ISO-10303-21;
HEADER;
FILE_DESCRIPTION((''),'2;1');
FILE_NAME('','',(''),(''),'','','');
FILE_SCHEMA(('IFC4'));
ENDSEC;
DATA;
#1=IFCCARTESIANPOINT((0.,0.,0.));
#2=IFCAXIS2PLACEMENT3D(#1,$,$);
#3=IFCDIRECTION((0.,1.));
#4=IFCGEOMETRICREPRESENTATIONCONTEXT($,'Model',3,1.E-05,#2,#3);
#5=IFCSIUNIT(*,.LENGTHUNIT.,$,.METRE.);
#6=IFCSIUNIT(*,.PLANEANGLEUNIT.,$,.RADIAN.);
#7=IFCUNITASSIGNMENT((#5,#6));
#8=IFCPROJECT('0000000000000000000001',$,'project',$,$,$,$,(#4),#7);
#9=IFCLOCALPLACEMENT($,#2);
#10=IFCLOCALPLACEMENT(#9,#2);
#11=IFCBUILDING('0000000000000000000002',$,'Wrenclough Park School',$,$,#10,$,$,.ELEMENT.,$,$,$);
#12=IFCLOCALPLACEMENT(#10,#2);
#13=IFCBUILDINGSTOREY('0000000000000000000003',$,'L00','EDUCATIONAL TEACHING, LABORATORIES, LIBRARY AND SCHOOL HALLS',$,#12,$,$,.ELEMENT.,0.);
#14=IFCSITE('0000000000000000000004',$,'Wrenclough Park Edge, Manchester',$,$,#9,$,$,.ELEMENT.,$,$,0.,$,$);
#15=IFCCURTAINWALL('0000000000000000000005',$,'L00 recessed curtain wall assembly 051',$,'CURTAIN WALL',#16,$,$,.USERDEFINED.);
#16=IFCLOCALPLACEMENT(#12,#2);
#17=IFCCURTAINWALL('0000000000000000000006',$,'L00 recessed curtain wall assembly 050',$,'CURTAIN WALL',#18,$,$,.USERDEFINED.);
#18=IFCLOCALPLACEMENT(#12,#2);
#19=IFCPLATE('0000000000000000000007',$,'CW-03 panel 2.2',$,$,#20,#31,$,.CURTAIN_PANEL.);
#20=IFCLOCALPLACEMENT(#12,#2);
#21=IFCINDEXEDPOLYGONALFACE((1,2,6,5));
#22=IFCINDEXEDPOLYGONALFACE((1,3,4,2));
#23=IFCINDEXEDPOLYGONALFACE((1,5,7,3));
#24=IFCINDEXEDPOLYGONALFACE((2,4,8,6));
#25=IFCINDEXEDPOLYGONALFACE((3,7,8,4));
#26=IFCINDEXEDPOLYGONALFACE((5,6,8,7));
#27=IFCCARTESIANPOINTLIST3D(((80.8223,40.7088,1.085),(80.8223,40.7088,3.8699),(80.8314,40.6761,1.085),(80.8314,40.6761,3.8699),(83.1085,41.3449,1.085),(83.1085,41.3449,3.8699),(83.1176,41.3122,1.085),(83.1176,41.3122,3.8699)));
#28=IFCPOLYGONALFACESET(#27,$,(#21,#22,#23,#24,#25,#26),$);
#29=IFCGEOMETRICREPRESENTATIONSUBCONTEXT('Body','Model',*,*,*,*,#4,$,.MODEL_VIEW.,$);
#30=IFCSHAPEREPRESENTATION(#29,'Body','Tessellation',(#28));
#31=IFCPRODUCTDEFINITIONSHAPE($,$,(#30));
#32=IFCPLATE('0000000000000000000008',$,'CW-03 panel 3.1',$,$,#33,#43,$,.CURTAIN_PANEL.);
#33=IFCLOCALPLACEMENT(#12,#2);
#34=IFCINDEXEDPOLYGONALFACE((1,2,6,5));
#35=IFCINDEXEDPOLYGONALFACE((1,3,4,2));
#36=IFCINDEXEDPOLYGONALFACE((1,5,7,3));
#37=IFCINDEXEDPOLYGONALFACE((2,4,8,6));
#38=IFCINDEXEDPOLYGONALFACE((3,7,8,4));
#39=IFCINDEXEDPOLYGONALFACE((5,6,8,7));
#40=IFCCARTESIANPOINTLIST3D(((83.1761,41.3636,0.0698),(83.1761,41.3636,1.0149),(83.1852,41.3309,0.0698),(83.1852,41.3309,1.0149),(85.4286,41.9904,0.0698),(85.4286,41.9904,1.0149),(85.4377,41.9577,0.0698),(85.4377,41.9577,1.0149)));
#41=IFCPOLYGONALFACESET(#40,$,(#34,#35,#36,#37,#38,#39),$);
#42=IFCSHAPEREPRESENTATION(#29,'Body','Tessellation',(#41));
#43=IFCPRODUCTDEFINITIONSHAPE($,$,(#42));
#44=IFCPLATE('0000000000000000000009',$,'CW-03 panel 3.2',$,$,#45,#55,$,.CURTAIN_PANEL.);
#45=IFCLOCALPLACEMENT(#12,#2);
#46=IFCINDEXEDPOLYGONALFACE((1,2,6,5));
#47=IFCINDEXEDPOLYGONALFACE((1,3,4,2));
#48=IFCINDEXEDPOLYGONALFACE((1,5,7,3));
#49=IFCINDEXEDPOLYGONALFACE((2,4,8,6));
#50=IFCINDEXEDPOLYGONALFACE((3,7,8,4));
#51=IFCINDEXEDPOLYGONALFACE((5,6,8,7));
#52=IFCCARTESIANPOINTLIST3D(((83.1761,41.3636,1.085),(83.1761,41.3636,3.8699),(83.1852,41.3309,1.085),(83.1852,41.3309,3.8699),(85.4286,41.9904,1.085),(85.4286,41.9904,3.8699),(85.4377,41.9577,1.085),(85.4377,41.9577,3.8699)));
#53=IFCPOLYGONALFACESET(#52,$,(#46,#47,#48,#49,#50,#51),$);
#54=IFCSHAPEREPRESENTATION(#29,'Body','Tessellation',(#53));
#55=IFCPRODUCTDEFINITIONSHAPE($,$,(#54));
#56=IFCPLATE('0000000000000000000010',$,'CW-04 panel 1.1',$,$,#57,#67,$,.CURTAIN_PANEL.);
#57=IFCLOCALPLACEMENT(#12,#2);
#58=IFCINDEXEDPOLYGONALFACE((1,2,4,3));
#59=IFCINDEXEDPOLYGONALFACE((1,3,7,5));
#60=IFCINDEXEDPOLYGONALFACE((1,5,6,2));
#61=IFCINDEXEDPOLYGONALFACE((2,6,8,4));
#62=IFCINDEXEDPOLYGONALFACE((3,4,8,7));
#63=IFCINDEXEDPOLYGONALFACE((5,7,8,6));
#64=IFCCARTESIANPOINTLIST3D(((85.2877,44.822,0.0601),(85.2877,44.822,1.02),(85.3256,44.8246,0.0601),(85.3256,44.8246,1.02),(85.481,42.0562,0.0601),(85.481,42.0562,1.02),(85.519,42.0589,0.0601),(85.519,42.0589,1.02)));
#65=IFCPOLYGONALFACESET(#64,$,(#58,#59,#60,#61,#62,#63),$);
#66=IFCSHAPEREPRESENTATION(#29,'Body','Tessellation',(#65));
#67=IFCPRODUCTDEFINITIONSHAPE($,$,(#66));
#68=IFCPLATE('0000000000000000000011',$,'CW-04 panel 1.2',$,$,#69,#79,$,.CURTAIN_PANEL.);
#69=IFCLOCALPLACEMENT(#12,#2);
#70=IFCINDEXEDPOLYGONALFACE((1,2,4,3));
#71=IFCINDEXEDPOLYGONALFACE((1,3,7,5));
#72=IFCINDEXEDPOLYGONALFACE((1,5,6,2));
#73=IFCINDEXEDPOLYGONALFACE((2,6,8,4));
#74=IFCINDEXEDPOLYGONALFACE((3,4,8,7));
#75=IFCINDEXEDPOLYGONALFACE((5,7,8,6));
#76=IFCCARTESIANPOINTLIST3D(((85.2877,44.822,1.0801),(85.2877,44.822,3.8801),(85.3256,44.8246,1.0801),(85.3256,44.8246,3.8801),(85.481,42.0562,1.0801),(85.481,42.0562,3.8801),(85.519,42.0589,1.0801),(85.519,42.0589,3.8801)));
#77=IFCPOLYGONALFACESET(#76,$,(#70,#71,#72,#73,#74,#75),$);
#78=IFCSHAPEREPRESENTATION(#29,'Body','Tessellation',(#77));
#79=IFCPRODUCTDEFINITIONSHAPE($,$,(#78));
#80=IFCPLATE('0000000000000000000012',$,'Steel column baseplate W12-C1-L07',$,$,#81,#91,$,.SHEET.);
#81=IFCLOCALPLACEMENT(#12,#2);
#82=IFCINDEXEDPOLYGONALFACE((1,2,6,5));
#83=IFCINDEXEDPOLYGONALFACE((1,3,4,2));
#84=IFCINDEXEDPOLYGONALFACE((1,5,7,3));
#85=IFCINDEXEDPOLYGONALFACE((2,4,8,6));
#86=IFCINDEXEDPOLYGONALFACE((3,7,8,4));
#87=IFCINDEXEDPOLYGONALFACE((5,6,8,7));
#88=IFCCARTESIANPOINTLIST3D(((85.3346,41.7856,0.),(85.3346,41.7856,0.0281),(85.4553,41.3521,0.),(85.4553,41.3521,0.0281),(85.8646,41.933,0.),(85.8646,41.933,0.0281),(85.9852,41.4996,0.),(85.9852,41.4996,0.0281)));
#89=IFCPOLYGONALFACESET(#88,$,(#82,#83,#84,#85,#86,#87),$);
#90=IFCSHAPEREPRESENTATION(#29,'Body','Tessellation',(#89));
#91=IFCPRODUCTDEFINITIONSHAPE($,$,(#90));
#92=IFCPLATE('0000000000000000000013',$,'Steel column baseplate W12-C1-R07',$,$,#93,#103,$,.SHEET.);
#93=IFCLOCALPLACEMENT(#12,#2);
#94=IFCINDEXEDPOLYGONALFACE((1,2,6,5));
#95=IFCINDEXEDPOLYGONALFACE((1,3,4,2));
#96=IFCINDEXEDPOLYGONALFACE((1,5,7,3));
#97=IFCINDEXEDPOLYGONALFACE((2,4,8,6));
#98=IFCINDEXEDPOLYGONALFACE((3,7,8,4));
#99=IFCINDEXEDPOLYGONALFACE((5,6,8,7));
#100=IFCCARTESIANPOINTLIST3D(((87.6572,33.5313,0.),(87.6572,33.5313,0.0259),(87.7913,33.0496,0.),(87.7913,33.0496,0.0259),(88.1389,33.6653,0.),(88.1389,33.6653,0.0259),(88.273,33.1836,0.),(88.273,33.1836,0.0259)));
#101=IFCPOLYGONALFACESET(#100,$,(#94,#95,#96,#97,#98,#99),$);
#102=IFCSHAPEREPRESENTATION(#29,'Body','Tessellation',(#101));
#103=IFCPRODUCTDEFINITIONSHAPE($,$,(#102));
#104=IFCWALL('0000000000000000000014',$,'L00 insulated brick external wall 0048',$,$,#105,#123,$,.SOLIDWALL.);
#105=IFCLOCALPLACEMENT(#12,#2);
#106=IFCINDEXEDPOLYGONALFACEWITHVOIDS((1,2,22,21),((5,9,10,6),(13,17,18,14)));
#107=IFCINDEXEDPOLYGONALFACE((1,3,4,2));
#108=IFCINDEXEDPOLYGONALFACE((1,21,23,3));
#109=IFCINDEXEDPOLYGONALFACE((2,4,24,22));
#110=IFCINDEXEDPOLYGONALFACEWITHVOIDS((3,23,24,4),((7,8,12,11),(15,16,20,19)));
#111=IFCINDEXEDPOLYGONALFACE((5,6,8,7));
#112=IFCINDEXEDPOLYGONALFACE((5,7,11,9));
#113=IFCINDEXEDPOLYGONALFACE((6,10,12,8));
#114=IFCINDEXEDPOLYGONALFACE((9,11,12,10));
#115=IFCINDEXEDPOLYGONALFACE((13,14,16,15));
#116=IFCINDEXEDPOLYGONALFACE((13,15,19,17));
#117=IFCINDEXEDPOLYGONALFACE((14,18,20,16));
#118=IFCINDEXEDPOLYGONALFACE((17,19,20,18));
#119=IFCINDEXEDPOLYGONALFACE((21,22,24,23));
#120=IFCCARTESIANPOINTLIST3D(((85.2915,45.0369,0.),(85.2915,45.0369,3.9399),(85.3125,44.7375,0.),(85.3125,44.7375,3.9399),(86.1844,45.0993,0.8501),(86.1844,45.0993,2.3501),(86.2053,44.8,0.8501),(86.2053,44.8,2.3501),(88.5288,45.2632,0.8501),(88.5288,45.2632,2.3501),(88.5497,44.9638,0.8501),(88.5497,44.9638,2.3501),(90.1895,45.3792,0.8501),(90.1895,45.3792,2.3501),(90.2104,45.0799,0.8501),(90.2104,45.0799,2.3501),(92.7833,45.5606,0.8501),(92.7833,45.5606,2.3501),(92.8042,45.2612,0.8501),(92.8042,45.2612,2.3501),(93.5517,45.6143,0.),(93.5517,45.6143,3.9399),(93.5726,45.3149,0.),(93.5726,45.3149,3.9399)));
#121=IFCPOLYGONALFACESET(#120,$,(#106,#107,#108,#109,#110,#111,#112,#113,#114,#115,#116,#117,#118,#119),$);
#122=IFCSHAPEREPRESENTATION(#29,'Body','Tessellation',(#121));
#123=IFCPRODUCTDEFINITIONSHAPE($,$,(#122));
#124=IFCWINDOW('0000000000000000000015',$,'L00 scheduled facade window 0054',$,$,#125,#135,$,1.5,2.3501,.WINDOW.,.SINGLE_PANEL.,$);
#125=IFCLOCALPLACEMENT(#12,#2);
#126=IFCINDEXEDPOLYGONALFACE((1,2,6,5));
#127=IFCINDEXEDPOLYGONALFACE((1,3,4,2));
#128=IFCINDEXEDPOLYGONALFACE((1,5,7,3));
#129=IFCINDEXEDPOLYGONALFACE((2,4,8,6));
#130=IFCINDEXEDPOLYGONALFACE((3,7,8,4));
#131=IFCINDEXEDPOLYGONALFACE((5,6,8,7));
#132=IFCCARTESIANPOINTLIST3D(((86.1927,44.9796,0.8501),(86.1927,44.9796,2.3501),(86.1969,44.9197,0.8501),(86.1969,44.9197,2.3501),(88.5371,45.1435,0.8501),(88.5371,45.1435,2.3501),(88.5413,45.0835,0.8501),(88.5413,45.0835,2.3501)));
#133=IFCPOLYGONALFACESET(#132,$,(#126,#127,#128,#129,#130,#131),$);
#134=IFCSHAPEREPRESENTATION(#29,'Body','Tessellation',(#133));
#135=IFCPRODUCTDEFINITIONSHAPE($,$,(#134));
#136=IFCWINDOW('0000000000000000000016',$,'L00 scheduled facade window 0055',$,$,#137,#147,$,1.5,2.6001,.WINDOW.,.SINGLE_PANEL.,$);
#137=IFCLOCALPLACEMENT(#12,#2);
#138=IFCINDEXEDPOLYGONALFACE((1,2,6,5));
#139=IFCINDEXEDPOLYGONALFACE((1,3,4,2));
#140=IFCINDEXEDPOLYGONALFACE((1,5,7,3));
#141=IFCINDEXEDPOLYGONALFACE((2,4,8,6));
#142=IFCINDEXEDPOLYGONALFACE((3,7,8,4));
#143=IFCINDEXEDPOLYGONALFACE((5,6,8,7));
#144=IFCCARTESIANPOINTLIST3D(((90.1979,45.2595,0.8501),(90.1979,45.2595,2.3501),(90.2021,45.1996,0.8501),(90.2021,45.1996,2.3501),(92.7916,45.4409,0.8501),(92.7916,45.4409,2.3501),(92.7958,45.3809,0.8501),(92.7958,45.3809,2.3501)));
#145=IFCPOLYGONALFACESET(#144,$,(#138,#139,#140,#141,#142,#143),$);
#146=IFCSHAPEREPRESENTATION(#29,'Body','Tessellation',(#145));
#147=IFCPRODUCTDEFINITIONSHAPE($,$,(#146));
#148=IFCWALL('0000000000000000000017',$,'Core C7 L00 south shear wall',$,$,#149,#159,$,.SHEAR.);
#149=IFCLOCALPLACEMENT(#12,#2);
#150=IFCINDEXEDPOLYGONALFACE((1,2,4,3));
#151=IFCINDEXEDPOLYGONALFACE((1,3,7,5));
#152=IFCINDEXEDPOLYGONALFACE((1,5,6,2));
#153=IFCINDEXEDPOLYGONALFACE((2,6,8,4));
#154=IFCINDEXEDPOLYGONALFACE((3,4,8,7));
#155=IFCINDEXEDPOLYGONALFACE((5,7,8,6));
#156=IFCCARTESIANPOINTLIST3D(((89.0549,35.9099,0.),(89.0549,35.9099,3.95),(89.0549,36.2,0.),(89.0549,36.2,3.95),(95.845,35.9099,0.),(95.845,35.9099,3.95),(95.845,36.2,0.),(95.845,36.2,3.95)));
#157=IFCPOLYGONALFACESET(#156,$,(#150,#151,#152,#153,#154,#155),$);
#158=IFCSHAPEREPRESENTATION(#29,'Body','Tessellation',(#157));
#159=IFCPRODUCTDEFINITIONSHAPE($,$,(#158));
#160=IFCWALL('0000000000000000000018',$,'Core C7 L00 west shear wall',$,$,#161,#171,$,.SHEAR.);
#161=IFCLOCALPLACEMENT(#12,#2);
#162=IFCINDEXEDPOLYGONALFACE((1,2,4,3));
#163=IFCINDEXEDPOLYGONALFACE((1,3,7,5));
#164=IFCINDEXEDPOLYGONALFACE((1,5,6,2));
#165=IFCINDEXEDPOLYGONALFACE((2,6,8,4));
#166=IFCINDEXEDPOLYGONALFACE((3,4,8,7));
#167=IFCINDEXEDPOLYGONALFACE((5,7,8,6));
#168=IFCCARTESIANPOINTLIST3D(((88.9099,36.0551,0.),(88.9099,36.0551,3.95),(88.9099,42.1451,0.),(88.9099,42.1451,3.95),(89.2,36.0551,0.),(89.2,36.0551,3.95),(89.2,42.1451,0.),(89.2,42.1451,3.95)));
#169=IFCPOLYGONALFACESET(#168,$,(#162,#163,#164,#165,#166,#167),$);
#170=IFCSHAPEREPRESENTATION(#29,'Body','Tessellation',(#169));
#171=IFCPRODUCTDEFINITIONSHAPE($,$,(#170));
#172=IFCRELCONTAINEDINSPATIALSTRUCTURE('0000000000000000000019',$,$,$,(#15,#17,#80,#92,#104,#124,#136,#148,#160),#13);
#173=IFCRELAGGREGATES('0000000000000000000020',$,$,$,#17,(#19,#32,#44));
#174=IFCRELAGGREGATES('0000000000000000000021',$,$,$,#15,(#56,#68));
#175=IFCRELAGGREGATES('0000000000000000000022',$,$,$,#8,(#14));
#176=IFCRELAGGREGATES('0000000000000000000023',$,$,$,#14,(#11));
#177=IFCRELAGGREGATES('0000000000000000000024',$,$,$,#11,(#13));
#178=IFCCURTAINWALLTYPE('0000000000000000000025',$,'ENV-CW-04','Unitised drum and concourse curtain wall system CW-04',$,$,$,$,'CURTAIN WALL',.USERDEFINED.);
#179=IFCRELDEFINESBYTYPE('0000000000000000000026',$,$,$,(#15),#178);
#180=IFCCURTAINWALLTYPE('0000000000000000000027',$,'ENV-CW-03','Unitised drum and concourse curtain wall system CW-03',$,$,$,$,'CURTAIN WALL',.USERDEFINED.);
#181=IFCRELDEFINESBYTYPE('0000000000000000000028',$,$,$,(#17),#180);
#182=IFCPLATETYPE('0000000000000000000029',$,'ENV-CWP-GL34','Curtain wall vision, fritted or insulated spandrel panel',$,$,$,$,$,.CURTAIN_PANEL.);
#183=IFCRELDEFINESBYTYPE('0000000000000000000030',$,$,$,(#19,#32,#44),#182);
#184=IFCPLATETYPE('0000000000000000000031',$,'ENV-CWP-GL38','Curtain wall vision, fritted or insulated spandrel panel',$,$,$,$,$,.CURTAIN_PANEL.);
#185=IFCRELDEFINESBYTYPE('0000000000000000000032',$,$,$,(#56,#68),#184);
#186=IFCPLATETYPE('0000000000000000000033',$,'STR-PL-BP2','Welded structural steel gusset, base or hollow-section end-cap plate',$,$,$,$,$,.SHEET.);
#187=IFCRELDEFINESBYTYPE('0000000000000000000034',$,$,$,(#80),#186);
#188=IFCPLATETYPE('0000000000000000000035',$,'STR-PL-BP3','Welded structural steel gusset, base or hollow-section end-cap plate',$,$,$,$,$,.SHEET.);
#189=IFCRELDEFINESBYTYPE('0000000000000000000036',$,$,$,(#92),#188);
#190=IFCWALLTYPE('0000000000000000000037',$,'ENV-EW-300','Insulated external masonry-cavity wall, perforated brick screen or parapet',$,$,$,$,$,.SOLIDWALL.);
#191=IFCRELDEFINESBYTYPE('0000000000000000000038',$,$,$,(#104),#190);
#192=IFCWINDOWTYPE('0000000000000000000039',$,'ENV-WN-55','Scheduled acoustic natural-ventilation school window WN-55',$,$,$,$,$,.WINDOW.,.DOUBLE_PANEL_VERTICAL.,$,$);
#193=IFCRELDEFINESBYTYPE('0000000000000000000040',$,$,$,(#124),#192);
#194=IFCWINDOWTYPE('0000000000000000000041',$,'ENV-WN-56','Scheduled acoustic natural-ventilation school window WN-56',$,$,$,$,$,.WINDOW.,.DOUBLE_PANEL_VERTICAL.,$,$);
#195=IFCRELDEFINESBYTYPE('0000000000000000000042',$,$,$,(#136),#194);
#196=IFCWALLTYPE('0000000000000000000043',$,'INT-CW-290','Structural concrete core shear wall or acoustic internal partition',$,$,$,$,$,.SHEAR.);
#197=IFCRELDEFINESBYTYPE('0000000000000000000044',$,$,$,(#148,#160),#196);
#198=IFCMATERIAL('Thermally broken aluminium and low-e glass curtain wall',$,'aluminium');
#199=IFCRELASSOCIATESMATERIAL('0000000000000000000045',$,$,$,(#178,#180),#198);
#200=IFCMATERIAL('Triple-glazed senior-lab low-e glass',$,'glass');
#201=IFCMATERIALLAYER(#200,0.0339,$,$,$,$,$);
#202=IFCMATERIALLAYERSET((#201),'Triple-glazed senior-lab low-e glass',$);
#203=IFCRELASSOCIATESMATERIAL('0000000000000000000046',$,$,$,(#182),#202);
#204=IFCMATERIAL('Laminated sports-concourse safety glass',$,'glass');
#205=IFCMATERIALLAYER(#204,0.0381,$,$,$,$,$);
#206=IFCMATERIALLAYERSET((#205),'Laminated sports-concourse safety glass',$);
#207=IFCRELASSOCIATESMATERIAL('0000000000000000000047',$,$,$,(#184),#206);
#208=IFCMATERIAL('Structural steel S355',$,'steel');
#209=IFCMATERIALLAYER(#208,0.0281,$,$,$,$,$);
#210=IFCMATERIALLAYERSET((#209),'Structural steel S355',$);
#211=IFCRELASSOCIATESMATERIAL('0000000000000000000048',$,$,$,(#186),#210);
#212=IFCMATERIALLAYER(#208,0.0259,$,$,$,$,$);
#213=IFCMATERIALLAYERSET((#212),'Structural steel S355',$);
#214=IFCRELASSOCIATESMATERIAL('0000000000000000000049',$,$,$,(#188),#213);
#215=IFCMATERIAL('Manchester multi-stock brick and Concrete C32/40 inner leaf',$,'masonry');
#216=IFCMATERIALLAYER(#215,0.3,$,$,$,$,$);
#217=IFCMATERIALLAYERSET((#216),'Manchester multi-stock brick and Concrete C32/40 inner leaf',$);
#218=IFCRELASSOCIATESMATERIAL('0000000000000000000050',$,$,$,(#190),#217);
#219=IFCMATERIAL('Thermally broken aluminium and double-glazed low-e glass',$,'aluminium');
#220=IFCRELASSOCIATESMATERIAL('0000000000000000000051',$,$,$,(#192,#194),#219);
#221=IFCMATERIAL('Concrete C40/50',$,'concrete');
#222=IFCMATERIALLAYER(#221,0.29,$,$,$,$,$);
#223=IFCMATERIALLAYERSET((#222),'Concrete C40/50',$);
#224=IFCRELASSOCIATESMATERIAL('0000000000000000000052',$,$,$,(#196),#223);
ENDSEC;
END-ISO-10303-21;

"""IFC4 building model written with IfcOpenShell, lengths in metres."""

from ifc_helpers import new_model, si_unit, direction, frame, frame_2d, origin, origin_2d, place, context, subcontext, project, spatial, rectangle, extrude, material, layer, layer_set, type_object, element, fill, aggregate, save


model = new_model("IFC4")

# Units and contexts
model_context = context("Model", 3, precision=1e-05, world=origin(), true_north=direction((0.0, 1.0)))
body_context = subcontext(model_context, "Body", "Model", "MODEL_VIEW")
ifc_project = project(units=[si_unit("LENGTHUNIT", "METRE"), si_unit("PLANEANGLEUNIT", "RADIAN")], contexts=[model_context])

# Site, building, storey
site_placement = place(None, origin())
site = spatial("IfcSite", under=ifc_project, at=site_placement, Name="Wrenclough Park Edge, Manchester", CompositionType="ELEMENT", RefElevation=0.0)
building_placement = place(site_placement, origin())
building = spatial("IfcBuilding", under=site, at=building_placement, Name="Wrenclough Park School", CompositionType="ELEMENT")
storey_placement = place(building_placement, origin())
storey = spatial("IfcBuildingStorey", under=building, at=storey_placement, Name="L00", Description="EDUCATIONAL TEACHING, LABORATORIES, LIBRARY AND SCHOOL HALLS", CompositionType="ELEMENT", Elevation=0.0)

# Shared definitions
ifc_material_1 = material(Name="Structural steel S355", Category="steel")

# Curtain walls
ifc_material_2 = material(Name="Thermally broken aluminium and low-e glass curtain wall", Category="aluminium")
curtain_wall_type_1 = type_object("IfcCurtainWallType", Name="ENV-CW-04", Description="Unitised drum and concourse curtain wall system CW-04", ElementType="CURTAIN WALL", PredefinedType="USERDEFINED", material=ifc_material_2)
curtain_wall_1_placement = place(storey_placement, origin())
curtain_wall_1 = element("IfcCurtainWall", 1, at=curtain_wall_1_placement, inside=storey, type_object=curtain_wall_type_1, Name="L00 recessed curtain wall assembly 051", ObjectType="CURTAIN WALL", PredefinedType="USERDEFINED")
curtain_wall_type_2 = type_object("IfcCurtainWallType", Name="ENV-CW-03", Description="Unitised drum and concourse curtain wall system CW-03", ElementType="CURTAIN WALL", PredefinedType="USERDEFINED", material=ifc_material_2)
curtain_wall_2_placement = place(storey_placement, origin())
curtain_wall_2 = element("IfcCurtainWall", 2, at=curtain_wall_2_placement, inside=storey, type_object=curtain_wall_type_2, Name="L00 recessed curtain wall assembly 050", ObjectType="CURTAIN WALL", PredefinedType="USERDEFINED")

# Plates
ifc_material_3 = material(Name="Triple-glazed senior-lab low-e glass", Category="glass")
ifc_layer_1 = layer(ifc_material_3, 0.0339)
ifc_layer_set_1 = layer_set([ifc_layer_1], Name="Triple-glazed senior-lab low-e glass")
plate_type_1 = type_object("IfcPlateType", Name="ENV-CWP-GL34", Description="Curtain wall vision, fritted or insulated spandrel panel", PredefinedType="CURTAIN_PANEL", material=ifc_layer_set_1)
plate_1_placement = place(storey_placement, frame((81.97, 41.0105, 1.085), z_axis=(0.0, 0.0, 1.0), x_axis=(0.963399, 0.268072, 0.0)))
plate_1 = element("IfcPlate", 3, at=plate_1_placement, type_object=plate_type_1, Name="CW-03 panel 2.2", PredefinedType="CURTAIN_PANEL", context=body_context, shape_type="SweptSolid", body=[
    extrude(rectangle(XDim=2.373, YDim=0.0339, at=origin_2d()), origin(), (0.0, 0.0, 1.0), 2.7849),
])
plate_2_placement = place(storey_placement, frame((84.3069, 41.6606, 0.0698), z_axis=(0.0, 0.0, 1.0), x_axis=(0.963399, 0.268072, 0.0)))
plate_2 = element("IfcPlate", 4, at=plate_2_placement, type_object=plate_type_1, Name="CW-03 panel 3.1", PredefinedType="CURTAIN_PANEL", context=body_context, shape_type="SweptSolid", body=[
    extrude(rectangle(XDim=2.3381, YDim=0.0339, at=origin_2d()), origin(), (0.0, 0.0, 1.0), 0.9451),
])
plate_3_placement = place(storey_placement, frame((84.3069, 41.6606, 1.085), z_axis=(0.0, 0.0, 1.0), x_axis=(0.963399, 0.268072, 0.0)))
plate_3 = element("IfcPlate", 5, at=plate_3_placement, type_object=plate_type_1, Name="CW-03 panel 3.2", PredefinedType="CURTAIN_PANEL", context=body_context, shape_type="SweptSolid", body=[
    extrude(rectangle(XDim=2.3381, YDim=0.0339, at=origin_2d()), origin(), (0.0, 0.0, 1.0), 2.7849),
])
aggregate(curtain_wall_2, [plate_1, plate_2, plate_3])
ifc_material_4 = material(Name="Laminated sports-concourse safety glass", Category="glass")
ifc_layer_2 = layer(ifc_material_4, 0.0381)
ifc_layer_set_2 = layer_set([ifc_layer_2], Name="Laminated sports-concourse safety glass")
plate_type_2 = type_object("IfcPlateType", Name="ENV-CWP-GL38", Description="Curtain wall vision, fritted or insulated spandrel panel", PredefinedType="CURTAIN_PANEL", material=ifc_layer_set_2)
plate_4_placement = place(storey_placement, frame((85.4033, 43.4404, 0.0601), z_axis=(0.0, 0.0, 1.0), x_axis=(-0.069736, 0.997565, 0.0)))
plate_4 = element("IfcPlate", 6, at=plate_4_placement, type_object=plate_type_2, Name="CW-04 panel 1.1", PredefinedType="CURTAIN_PANEL", context=body_context, shape_type="SweptSolid", body=[
    extrude(rectangle(XDim=2.7725, YDim=0.0381, at=origin_2d()), origin(), (0.0, 0.0, 1.0), 0.96),
])
plate_5_placement = place(storey_placement, frame((85.4033, 43.4404, 1.0801), z_axis=(0.0, 0.0, 1.0), x_axis=(-0.069736, 0.997565, 0.0)))
plate_5 = element("IfcPlate", 7, at=plate_5_placement, type_object=plate_type_2, Name="CW-04 panel 1.2", PredefinedType="CURTAIN_PANEL", context=body_context, shape_type="SweptSolid", body=[
    extrude(rectangle(XDim=2.7725, YDim=0.0381, at=origin_2d()), origin(), (0.0, 0.0, 1.0), 2.8),
])
aggregate(curtain_wall_1, [plate_4, plate_5])

# Plates
ifc_layer_3 = layer(ifc_material_1, 0.0281)
ifc_layer_set_3 = layer_set([ifc_layer_3], Name="Structural steel S355")
plate_type_3 = type_object("IfcPlateType", Name="STR-PL-BP2", Description="Welded structural steel gusset, base or hollow-section end-cap plate", PredefinedType="SHEET", material=ifc_layer_set_3)
plate_6_placement = place(storey_placement, frame((85.6599, 41.6426, 0.0), z_axis=(0.0, 0.0, 1.0), x_axis=(0.963397, 0.268079, 0.0)))
element("IfcPlate", 8, at=plate_6_placement, inside=storey, type_object=plate_type_3, Name="Steel column baseplate W12-C1-L07", PredefinedType="SHEET", context=body_context, shape_type="SweptSolid", body=[
    extrude(rectangle(XDim=0.55, YDim=0.45, at=origin_2d()), origin(), (0.0, 0.0, 1.0), 0.0281),
])
ifc_layer_4 = layer(ifc_material_1, 0.0259)
ifc_layer_set_4 = layer_set([ifc_layer_4], Name="Structural steel S355")
plate_type_4 = type_object("IfcPlateType", Name="STR-PL-BP3", Description="Welded structural steel gusset, base or hollow-section end-cap plate", PredefinedType="SHEET", material=ifc_layer_set_4)
plate_7_placement = place(storey_placement, frame((87.9651, 33.3574, 0.0), z_axis=(0.0, 0.0, 1.0), x_axis=(0.963397, 0.268079, 0.0)))
element("IfcPlate", 9, at=plate_7_placement, inside=storey, type_object=plate_type_4, Name="Steel column baseplate W12-C1-R07", PredefinedType="SHEET", context=body_context, shape_type="SweptSolid", body=[
    extrude(rectangle(XDim=0.5, YDim=0.5, at=origin_2d()), origin(), (0.0, 0.0, 1.0), 0.0259),
])

# Wall, openings, windows
ifc_material_5 = material(Name="Manchester multi-stock brick and Concrete C32/40 inner leaf", Category="masonry")
ifc_layer_5 = layer(ifc_material_5, 0.3)
ifc_layer_set_5 = layer_set([ifc_layer_5], Name="Manchester multi-stock brick and Concrete C32/40 inner leaf")
wall_type_1 = type_object("IfcWallType", Name="ENV-EW-300", Description="Insulated external masonry-cavity wall, perforated brick screen or parapet", PredefinedType="SOLIDWALL", material=ifc_layer_set_5)
wall_1_placement = place(storey_placement, frame((85.302, 44.8872, 0.0), z_axis=(0.0, 0.0, 1.0), x_axis=(0.997566, 0.069732, 0.0)))
wall_1 = element("IfcWall", 10, at=wall_1_placement, inside=storey, type_object=wall_type_1, Name="L00 insulated brick external wall 0048", PredefinedType="SOLIDWALL", context=body_context, shape_type="SweptSolid", body=[
    extrude(rectangle(XDim=8.2803, YDim=0.3, at=frame_2d((4.1401, 0.0))), origin(), (0.0, 0.0, 1.0), 3.9399),
])
opening_1_placement = place(wall_1_placement, frame((0.895, 0.0, 0.8501)))
opening_1 = element("IfcOpeningElement", 11, at=opening_1_placement, cuts=wall_1, PredefinedType="OPENING", context=body_context, shape_type="SweptSolid", body=[
    extrude(rectangle(XDim=2.3501, YDim=1.5, at=frame_2d((1.175, 0.75))), frame((0.0, 0.1599, 0.0), z_axis=(0.0, -1.0, 0.0), x_axis=(1.0, 0.0, 0.0)), (0.0, 0.0, 1.0), 0.3201),
])
opening_2_placement = place(wall_1_placement, frame((4.9099, 0.0, 0.8501)))
opening_2 = element("IfcOpeningElement", 12, at=opening_2_placement, cuts=wall_1, PredefinedType="OPENING", context=body_context, shape_type="SweptSolid", body=[
    extrude(rectangle(XDim=2.6001, YDim=1.5, at=frame_2d((1.3, 0.75))), frame((0.0, 0.1599, 0.0), z_axis=(0.0, -1.0, 0.0), x_axis=(1.0, 0.0, 0.0)), (0.0, 0.0, 1.0), 0.3201),
])
ifc_material_6 = material(Name="Thermally broken aluminium and double-glazed low-e glass", Category="aluminium")
window_type_1 = type_object("IfcWindowType", Name="ENV-WN-55", Description="Scheduled acoustic natural-ventilation school window WN-55", PartitioningType="DOUBLE_PANEL_VERTICAL", PredefinedType="WINDOW", material=ifc_material_6)
window_1_placement = place(opening_1_placement, origin())
window_1 = element("IfcWindow", 13, at=window_1_placement, inside=storey, type_object=window_type_1, Name="L00 scheduled facade window 0054", OverallHeight=1.5, OverallWidth=2.3501, PartitioningType="SINGLE_PANEL", PredefinedType="WINDOW", context=body_context, shape_type="SweptSolid", body=[
    extrude(rectangle(XDim=2.3501, YDim=1.5, at=frame_2d((1.175, 0.75))), frame((0.0, 0.03, 0.0), z_axis=(0.0, -1.0, 0.0), x_axis=(1.0, 0.0, 0.0)), (0.0, 0.0, 1.0), 0.0601),
])
fill(opening_1, window_1)
window_type_2 = type_object("IfcWindowType", Name="ENV-WN-56", Description="Scheduled acoustic natural-ventilation school window WN-56", PartitioningType="DOUBLE_PANEL_VERTICAL", PredefinedType="WINDOW", material=ifc_material_6)
window_2_placement = place(opening_2_placement, origin())
window_2 = element("IfcWindow", 14, at=window_2_placement, inside=storey, type_object=window_type_2, Name="L00 scheduled facade window 0055", OverallHeight=1.5, OverallWidth=2.6001, PartitioningType="SINGLE_PANEL", PredefinedType="WINDOW", context=body_context, shape_type="SweptSolid", body=[
    extrude(rectangle(XDim=2.6001, YDim=1.5, at=frame_2d((1.3, 0.75))), frame((0.0, 0.03, 0.0), z_axis=(0.0, -1.0, 0.0), x_axis=(1.0, 0.0, 0.0)), (0.0, 0.0, 1.0), 0.0601),
])
fill(opening_2, window_2)

# Walls
ifc_material_7 = material(Name="Concrete C40/50", Category="concrete")
ifc_layer_6 = layer(ifc_material_7, 0.29)
ifc_layer_set_6 = layer_set([ifc_layer_6], Name="Concrete C40/50")
wall_type_2 = type_object("IfcWallType", Name="INT-CW-290", Description="Structural concrete core shear wall or acoustic internal partition", PredefinedType="SHEAR", material=ifc_layer_set_6)
wall_2_placement = place(storey_placement, frame((89.0549, 36.0549, 0.0), z_axis=(0.0, 0.0, 1.0), x_axis=(1.0, 0.0, 0.0)))
element("IfcWall", 15, at=wall_2_placement, inside=storey, type_object=wall_type_2, Name="Core C7 L00 south shear wall", PredefinedType="SHEAR", context=body_context, shape_type="SweptSolid", body=[
    extrude(rectangle(XDim=6.79, YDim=0.29, at=frame_2d((3.395, 0.0))), origin(), (0.0, 0.0, 1.0), 3.95),
])
wall_3_placement = place(storey_placement, frame((89.0549, 42.145, 0.0), z_axis=(0.0, 0.0, 1.0), x_axis=(0.0, -1.0, 0.0)))
element("IfcWall", 16, at=wall_3_placement, inside=storey, type_object=wall_type_2, Name="Core C7 L00 west shear wall", PredefinedType="SHEAR", context=body_context, shape_type="SweptSolid", body=[
    extrude(rectangle(XDim=6.0901, YDim=0.29, at=frame_2d((3.0449, 0.0))), origin(), (0.0, 0.0, 1.0), 3.95),
])

save(model, "model.ifc")
